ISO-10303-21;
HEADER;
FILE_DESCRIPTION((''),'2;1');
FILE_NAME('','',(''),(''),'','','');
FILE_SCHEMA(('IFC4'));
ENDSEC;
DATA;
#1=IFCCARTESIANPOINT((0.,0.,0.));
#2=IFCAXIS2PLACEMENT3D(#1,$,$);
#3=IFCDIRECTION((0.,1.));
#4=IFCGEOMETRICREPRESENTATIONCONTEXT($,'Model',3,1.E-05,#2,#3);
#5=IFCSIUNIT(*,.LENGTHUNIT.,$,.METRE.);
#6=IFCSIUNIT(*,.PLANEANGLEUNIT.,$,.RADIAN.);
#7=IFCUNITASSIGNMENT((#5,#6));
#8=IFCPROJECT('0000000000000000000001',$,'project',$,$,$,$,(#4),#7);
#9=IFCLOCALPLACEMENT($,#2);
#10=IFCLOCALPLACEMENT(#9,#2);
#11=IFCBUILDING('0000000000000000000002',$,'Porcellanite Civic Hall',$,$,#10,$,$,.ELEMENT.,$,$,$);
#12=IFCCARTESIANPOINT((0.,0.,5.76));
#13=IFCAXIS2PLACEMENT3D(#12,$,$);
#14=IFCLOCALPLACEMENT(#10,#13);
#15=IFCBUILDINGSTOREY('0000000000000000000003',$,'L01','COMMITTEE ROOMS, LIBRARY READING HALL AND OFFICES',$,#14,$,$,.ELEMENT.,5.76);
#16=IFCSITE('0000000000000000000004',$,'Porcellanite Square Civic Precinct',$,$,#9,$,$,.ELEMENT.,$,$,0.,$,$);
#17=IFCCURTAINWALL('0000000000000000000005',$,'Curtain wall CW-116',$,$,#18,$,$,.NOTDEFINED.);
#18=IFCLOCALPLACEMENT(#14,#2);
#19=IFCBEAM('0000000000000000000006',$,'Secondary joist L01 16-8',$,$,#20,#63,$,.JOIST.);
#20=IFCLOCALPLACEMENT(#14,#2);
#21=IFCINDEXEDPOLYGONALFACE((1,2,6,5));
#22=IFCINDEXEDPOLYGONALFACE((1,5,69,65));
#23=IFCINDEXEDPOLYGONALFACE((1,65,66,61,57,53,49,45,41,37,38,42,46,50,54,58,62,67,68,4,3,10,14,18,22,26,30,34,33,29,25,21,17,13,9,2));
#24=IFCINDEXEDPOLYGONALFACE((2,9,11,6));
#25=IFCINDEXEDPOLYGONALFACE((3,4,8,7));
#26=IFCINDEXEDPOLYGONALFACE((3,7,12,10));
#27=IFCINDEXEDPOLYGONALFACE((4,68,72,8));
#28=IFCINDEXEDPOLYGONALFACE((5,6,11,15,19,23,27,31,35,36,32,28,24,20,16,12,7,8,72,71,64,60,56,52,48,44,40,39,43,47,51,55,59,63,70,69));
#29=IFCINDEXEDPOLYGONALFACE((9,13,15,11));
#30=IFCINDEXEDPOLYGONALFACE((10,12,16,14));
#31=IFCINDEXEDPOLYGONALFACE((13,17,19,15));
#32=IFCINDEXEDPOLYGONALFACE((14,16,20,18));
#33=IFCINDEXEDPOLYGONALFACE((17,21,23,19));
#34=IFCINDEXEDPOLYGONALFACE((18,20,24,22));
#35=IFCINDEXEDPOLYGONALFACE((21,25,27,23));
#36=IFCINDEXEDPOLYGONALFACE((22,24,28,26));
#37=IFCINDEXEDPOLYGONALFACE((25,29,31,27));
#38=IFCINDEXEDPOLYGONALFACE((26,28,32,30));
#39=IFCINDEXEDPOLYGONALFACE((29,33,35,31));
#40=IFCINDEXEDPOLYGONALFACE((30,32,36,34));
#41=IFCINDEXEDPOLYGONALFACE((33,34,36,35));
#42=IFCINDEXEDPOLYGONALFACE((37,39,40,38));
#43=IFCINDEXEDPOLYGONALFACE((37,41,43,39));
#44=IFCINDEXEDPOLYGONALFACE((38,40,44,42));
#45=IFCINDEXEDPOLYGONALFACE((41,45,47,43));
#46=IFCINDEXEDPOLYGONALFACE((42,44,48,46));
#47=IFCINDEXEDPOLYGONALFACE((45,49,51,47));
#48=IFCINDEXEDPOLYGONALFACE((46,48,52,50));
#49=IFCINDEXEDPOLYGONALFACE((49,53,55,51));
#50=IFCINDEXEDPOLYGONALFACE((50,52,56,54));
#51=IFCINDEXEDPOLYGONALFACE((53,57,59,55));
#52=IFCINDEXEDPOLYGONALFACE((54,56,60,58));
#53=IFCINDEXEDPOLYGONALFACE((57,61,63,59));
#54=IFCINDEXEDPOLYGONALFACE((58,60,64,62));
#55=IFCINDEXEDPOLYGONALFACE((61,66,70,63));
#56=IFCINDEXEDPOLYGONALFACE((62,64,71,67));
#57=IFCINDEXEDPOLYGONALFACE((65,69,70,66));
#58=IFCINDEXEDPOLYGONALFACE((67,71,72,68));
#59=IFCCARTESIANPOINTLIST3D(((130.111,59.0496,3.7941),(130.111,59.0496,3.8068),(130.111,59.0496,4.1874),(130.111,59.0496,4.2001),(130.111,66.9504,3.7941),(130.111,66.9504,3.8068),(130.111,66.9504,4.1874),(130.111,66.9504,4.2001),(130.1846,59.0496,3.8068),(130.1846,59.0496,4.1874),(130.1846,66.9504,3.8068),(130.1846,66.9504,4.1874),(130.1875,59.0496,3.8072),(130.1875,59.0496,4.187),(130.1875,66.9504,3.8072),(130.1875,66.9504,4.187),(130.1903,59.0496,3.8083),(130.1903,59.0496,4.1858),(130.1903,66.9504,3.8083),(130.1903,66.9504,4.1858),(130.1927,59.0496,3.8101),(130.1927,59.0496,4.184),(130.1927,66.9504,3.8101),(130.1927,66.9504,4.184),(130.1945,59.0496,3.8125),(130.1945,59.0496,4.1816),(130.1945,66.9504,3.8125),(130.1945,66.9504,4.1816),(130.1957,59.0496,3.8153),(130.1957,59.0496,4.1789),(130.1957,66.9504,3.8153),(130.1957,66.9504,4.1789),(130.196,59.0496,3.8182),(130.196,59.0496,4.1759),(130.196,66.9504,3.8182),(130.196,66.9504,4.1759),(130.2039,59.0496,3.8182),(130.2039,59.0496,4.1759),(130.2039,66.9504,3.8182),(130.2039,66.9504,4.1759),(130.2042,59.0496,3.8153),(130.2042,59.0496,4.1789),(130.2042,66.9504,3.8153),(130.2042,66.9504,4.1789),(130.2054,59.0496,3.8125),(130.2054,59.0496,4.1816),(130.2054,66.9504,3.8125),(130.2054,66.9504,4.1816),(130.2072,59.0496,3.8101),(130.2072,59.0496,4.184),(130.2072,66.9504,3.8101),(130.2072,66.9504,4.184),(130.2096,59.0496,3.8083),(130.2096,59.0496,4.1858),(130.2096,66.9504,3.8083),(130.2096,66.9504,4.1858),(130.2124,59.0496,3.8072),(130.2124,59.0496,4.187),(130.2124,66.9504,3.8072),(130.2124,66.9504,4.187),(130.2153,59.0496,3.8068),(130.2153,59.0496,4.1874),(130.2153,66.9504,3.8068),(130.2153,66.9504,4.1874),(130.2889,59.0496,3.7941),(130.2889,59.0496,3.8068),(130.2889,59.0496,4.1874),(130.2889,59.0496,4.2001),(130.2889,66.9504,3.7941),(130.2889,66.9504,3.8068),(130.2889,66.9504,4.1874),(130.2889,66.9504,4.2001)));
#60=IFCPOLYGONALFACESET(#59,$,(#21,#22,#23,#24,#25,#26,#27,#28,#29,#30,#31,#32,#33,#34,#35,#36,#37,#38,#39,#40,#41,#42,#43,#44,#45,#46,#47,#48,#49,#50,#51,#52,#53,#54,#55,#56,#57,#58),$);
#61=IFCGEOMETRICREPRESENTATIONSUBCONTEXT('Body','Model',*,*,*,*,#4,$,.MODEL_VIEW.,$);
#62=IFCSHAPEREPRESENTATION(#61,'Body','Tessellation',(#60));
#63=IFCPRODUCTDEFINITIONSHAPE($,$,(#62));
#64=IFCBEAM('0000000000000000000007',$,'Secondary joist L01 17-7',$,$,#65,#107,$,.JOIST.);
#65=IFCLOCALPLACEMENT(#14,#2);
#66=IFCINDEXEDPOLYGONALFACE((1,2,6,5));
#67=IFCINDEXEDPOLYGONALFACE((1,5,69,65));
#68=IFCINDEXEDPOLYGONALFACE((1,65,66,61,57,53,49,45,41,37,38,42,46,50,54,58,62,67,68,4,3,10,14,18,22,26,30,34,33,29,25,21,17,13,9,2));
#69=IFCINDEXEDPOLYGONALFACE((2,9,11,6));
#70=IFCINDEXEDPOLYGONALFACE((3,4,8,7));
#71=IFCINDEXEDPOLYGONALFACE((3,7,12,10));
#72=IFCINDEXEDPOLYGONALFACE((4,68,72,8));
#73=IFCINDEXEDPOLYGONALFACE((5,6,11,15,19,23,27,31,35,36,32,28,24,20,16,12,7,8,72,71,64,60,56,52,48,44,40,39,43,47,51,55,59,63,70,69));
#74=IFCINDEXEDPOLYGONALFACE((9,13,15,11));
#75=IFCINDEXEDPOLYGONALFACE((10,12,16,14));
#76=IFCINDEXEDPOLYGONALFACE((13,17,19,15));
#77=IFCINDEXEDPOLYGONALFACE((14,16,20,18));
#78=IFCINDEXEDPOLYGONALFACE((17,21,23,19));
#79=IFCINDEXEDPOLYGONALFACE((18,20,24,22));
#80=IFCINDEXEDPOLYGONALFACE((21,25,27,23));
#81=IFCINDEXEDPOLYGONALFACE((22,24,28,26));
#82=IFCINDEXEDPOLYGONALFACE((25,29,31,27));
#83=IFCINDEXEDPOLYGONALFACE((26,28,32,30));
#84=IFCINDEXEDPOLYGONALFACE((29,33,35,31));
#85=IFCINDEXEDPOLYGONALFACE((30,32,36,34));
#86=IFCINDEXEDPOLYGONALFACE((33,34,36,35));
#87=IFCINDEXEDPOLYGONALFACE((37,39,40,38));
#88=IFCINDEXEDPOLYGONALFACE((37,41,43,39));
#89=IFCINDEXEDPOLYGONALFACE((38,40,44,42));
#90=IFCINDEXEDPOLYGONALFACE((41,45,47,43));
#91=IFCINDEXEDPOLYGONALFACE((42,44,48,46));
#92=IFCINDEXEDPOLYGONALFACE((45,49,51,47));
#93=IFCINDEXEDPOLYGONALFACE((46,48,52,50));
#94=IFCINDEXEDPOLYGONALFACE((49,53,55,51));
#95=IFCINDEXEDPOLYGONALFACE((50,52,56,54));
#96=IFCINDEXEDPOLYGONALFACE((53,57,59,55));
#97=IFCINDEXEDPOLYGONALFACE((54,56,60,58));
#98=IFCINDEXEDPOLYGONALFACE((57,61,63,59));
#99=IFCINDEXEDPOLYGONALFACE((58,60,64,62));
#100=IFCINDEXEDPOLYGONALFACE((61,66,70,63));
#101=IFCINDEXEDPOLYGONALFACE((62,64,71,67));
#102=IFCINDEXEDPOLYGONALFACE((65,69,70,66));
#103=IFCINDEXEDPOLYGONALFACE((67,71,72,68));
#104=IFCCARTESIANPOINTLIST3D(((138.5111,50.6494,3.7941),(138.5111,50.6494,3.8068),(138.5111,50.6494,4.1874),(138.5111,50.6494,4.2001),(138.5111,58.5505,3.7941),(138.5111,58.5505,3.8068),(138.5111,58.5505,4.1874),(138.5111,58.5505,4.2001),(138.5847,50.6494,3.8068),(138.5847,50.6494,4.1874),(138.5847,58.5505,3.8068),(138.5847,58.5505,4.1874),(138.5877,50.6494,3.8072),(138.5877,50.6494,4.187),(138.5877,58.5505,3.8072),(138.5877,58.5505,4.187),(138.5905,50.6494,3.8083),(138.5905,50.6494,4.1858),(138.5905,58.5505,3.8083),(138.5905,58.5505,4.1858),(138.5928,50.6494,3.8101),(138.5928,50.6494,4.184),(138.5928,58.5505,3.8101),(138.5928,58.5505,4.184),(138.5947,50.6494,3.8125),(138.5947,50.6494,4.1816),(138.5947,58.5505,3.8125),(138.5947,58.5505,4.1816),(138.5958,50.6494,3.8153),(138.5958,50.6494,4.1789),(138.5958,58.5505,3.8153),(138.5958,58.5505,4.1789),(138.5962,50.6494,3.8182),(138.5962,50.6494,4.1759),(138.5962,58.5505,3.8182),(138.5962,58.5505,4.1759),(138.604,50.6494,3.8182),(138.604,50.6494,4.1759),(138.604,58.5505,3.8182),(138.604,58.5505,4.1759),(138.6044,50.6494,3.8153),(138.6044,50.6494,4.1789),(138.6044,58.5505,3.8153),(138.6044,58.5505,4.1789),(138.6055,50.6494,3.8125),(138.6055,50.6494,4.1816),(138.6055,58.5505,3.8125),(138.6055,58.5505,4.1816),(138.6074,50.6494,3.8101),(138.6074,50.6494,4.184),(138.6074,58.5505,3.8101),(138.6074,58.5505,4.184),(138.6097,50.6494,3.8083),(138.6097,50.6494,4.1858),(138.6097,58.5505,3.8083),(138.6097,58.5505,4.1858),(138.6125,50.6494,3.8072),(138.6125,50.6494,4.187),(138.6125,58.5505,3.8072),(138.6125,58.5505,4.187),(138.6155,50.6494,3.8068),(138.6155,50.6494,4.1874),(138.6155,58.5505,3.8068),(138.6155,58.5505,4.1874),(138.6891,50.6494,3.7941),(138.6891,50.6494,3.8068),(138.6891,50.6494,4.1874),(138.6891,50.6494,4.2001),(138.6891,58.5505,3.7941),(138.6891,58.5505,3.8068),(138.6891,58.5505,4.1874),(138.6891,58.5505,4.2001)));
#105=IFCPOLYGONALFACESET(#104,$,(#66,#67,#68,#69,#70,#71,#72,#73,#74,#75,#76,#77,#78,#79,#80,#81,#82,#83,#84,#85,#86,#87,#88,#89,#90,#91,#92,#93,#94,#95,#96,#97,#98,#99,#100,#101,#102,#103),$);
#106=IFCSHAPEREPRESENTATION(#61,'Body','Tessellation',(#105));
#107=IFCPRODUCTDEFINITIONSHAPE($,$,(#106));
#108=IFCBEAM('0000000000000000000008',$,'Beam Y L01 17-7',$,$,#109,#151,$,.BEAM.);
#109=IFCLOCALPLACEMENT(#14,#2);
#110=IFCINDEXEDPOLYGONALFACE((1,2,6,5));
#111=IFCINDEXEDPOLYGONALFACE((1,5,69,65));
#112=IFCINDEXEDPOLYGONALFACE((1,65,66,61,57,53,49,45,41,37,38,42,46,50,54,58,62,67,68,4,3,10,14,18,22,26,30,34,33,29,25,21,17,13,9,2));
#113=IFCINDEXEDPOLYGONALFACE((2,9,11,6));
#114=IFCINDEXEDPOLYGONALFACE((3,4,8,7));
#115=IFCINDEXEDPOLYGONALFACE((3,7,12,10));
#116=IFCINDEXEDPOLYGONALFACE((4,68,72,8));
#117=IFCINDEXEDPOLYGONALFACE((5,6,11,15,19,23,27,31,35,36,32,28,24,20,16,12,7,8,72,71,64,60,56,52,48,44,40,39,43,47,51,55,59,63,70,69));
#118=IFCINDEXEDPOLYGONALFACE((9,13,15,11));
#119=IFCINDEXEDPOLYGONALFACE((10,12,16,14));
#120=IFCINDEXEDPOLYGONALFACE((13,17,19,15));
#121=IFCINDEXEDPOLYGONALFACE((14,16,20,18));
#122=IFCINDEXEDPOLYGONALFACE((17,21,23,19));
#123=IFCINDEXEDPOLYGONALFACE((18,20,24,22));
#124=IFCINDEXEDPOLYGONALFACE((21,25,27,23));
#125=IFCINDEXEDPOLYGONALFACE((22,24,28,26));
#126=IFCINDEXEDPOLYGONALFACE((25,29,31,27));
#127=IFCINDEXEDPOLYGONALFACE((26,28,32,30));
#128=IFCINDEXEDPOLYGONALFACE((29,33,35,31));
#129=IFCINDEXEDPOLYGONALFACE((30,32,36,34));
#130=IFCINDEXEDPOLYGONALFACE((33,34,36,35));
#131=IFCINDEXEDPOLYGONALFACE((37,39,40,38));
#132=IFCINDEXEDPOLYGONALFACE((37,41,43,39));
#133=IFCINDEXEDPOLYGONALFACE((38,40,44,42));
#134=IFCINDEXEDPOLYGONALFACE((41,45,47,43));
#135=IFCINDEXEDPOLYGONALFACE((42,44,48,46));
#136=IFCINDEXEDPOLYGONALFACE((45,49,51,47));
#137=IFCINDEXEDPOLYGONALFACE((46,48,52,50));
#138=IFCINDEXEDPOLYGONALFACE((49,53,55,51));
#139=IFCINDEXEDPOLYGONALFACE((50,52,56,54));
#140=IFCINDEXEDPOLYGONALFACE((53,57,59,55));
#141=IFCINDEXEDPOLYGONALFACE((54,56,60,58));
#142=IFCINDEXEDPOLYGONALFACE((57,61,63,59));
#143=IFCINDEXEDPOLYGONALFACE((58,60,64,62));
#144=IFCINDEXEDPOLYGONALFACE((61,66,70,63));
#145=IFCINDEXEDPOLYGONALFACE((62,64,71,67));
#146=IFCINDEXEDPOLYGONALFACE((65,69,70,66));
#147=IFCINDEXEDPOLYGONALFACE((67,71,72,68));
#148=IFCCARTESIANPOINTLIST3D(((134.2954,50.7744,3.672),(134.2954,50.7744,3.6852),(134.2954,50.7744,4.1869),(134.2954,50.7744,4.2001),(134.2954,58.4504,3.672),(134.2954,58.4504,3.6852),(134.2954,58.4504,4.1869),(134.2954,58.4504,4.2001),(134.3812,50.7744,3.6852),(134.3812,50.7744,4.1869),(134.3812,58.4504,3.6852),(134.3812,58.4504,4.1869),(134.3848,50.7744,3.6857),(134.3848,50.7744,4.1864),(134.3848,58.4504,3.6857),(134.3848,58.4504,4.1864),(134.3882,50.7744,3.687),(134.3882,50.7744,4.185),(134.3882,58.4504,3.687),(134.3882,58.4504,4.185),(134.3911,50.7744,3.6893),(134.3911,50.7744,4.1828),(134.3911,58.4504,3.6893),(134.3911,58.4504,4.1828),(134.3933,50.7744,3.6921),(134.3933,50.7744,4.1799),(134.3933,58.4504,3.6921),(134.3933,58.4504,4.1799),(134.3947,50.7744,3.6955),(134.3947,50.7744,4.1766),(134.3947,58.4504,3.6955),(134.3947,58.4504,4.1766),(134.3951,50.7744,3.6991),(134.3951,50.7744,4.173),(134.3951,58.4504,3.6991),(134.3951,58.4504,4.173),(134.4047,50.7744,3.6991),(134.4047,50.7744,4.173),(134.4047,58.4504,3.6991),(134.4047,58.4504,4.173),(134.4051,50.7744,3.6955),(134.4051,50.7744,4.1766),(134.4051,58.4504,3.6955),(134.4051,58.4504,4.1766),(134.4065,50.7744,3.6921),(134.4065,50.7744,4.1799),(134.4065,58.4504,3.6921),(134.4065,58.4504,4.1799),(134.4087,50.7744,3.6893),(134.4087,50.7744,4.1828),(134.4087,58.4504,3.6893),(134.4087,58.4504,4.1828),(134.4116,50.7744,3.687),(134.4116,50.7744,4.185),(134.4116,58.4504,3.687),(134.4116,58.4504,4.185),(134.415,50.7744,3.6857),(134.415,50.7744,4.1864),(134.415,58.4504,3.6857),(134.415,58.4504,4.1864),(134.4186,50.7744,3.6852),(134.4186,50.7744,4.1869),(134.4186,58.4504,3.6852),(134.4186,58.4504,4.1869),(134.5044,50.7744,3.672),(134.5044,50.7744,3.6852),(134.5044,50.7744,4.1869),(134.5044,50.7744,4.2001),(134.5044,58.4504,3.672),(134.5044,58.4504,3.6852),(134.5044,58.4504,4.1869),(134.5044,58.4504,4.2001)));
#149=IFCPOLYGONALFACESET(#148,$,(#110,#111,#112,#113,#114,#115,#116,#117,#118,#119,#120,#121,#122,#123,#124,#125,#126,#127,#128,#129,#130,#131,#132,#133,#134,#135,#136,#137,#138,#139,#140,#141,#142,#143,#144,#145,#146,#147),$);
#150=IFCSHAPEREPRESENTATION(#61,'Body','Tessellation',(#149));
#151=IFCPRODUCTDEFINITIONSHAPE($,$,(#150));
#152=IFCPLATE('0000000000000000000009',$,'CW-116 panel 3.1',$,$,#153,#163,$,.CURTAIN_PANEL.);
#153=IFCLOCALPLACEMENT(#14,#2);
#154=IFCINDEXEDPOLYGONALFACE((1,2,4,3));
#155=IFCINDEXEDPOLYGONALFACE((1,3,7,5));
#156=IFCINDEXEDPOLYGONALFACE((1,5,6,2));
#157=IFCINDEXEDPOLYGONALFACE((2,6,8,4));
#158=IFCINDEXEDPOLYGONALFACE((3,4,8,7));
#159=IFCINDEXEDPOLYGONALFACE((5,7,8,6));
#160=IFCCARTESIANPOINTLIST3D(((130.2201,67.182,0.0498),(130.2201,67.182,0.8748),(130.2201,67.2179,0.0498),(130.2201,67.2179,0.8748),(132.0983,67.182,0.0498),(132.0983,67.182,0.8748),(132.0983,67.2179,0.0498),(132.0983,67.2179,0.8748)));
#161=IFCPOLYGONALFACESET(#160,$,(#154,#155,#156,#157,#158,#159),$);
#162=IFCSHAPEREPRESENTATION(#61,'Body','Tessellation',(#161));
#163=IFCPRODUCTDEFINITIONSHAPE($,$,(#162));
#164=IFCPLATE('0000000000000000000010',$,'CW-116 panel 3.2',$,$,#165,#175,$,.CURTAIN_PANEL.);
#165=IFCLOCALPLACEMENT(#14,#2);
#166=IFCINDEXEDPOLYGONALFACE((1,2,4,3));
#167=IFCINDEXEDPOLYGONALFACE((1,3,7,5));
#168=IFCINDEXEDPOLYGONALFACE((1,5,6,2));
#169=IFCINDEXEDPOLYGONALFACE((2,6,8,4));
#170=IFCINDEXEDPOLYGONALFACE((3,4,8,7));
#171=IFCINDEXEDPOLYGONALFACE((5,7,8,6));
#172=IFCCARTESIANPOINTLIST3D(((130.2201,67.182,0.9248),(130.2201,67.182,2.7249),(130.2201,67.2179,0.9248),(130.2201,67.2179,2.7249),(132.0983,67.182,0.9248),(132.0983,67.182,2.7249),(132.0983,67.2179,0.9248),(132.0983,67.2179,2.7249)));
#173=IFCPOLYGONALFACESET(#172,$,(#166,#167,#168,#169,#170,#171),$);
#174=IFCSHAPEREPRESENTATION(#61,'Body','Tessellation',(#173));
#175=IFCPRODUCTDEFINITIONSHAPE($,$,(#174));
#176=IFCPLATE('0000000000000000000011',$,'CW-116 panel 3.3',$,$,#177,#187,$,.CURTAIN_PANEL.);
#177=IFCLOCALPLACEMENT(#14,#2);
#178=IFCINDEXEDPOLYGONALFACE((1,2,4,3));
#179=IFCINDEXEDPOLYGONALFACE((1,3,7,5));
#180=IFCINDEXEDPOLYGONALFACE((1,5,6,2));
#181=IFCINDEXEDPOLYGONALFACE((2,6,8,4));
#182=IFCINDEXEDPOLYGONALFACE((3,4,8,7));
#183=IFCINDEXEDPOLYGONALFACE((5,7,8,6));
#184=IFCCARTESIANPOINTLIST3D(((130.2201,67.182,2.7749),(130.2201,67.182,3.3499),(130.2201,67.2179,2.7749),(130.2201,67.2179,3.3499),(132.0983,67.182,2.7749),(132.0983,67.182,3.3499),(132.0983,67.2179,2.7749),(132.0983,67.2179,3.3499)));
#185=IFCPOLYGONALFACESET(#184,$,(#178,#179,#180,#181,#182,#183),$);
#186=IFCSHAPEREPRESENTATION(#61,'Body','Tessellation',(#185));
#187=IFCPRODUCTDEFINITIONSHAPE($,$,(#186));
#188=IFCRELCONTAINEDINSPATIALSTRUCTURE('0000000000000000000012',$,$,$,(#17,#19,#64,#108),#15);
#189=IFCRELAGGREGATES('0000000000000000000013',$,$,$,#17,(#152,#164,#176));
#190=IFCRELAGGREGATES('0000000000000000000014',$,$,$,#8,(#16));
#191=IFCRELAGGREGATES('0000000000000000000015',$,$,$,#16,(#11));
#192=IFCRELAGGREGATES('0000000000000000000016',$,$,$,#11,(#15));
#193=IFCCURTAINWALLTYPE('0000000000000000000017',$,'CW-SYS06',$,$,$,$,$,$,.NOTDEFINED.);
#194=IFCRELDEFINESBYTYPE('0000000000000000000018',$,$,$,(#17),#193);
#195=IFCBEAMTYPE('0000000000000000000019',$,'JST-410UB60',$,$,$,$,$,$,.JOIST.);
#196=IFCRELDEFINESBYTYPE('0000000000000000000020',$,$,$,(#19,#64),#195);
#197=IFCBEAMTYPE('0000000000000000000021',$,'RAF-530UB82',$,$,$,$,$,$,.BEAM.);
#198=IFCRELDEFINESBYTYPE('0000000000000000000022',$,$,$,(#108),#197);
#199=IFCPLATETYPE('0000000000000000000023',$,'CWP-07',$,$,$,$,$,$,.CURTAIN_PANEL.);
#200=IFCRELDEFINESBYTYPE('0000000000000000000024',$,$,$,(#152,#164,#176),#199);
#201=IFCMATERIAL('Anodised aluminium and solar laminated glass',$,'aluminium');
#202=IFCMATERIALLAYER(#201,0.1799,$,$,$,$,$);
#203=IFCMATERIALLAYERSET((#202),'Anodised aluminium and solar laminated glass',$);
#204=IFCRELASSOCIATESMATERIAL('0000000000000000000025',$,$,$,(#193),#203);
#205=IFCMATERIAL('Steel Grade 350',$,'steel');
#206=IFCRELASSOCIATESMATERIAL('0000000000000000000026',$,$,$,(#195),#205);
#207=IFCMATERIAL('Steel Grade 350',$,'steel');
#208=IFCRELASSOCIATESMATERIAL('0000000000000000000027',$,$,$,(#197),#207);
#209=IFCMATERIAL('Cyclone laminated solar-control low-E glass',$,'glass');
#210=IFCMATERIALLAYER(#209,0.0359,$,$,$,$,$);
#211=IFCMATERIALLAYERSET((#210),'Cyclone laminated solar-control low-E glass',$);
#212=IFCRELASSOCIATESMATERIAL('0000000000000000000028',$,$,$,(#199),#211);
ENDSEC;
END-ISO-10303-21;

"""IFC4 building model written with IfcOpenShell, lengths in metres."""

from ifc_helpers import new_model, si_unit, direction, frame, origin, origin_2d, place, context, subcontext, project, spatial, rectangle, i_section, extrude, material, layer, layer_set, material_profile, profile_set, type_object, element, aggregate, save


model = new_model("IFC4")

# Units and contexts
model_context = context("Model", 3, precision=1e-05, world=origin(), true_north=direction((0.0, 1.0)))
body_context = subcontext(model_context, "Body", "Model", "MODEL_VIEW")
ifc_project = project(units=[si_unit("LENGTHUNIT", "METRE"), si_unit("PLANEANGLEUNIT", "RADIAN")], contexts=[model_context])

# Site, building, storey
site_placement = place(None, origin())
site = spatial("IfcSite", under=ifc_project, at=site_placement, Name="Porcellanite Square Civic Precinct", CompositionType="ELEMENT", RefElevation=0.0)
building_placement = place(site_placement, origin())
building = spatial("IfcBuilding", under=site, at=building_placement, Name="Porcellanite Civic Hall", CompositionType="ELEMENT")
storey_placement = place(building_placement, frame((0.0, 0.0, 5.76)))
storey = spatial("IfcBuildingStorey", under=building, at=storey_placement, Name="L01", Description="COMMITTEE ROOMS, LIBRARY READING HALL AND OFFICES", CompositionType="ELEMENT", Elevation=5.76)

# Curtain wall
ifc_material_1 = material(Name="Anodised aluminium and solar laminated glass", Category="aluminium")
ifc_layer_1 = layer(ifc_material_1, 0.1799)
ifc_layer_set_1 = layer_set([ifc_layer_1], Name="Anodised aluminium and solar laminated glass")
curtain_wall_type_1 = type_object("IfcCurtainWallType", Name="CW-SYS06", PredefinedType="NOTDEFINED", material=ifc_layer_set_1)
curtain_wall_1_placement = place(storey_placement, origin())
curtain_wall_1 = element("IfcCurtainWall", 1, at=curtain_wall_1_placement, inside=storey, type_object=curtain_wall_type_1, Name="Curtain wall CW-116", PredefinedType="NOTDEFINED")

# Beams
ifc_material_2 = material(Name="Steel Grade 350", Category="steel")
ifc_material_profile_1 = material_profile(ifc_material_2, i_section(OverallWidth=0.178, OverallDepth=0.406, WebThickness=0.0078, FlangeThickness=0.0127, FilletRadius=0.0115, at=origin_2d()), Name="410UB59.7")
ifc_profile_set_1 = profile_set([ifc_material_profile_1], Name="Steel Grade 350")
beam_type_1 = type_object("IfcBeamType", Name="JST-410UB60", PredefinedType="JOIST", material=ifc_profile_set_1)
beam_1_placement = place(storey_placement, frame((130.2, 59.0496, 3.9971), z_axis=(0.0, 1.0, 0.0), x_axis=(-1.0, 0.0, 0.0)))
element("IfcBeam", 2, at=beam_1_placement, inside=storey, type_object=beam_type_1, Name="Secondary joist L01 16-8", PredefinedType="JOIST", context=body_context, shape_type="SweptSolid", body=[
    extrude(i_section(OverallWidth=0.178, OverallDepth=0.406, WebThickness=0.0078, FlangeThickness=0.0127, FilletRadius=0.0115, at=origin_2d()), origin(), (0.0, 0.0, 1.0), 7.9009),
])
beam_2_placement = place(storey_placement, frame((138.6001, 50.6494, 3.9971), z_axis=(0.0, 1.0, 0.0), x_axis=(-1.0, 0.0, 0.0)))
element("IfcBeam", 3, at=beam_2_placement, inside=storey, type_object=beam_type_1, Name="Secondary joist L01 17-7", PredefinedType="JOIST", context=body_context, shape_type="SweptSolid", body=[
    extrude(i_section(OverallWidth=0.178, OverallDepth=0.406, WebThickness=0.0078, FlangeThickness=0.0127, FilletRadius=0.0115, at=origin_2d()), origin(), (0.0, 0.0, 1.0), 7.9011),
])
ifc_material_3 = material(Name="Steel Grade 350", Category="steel")
ifc_material_profile_2 = material_profile(ifc_material_3, i_section(OverallWidth=0.209, OverallDepth=0.5281, WebThickness=0.0095, FlangeThickness=0.0132, FilletRadius=0.0139, at=origin_2d()), Name="530UB82.0")
ifc_profile_set_2 = profile_set([ifc_material_profile_2], Name="Steel Grade 350")
beam_type_2 = type_object("IfcBeamType", Name="RAF-530UB82", PredefinedType="BEAM", material=ifc_profile_set_2)
beam_3_placement = place(storey_placement, frame((134.3999, 50.7744, 3.936), z_axis=(0.0, 1.0, 0.0), x_axis=(-1.0, 0.0, 0.0)))
element("IfcBeam", 4, at=beam_3_placement, inside=storey, type_object=beam_type_2, Name="Beam Y L01 17-7", PredefinedType="BEAM", context=body_context, shape_type="SweptSolid", body=[
    extrude(i_section(OverallWidth=0.209, OverallDepth=0.5281, WebThickness=0.0095, FlangeThickness=0.0132, FilletRadius=0.0139, at=origin_2d()), origin(), (0.0, 0.0, 1.0), 7.676),
])

# Plates
ifc_material_4 = material(Name="Cyclone laminated solar-control low-E glass", Category="glass")
ifc_layer_2 = layer(ifc_material_4, 0.0359)
ifc_layer_set_2 = layer_set([ifc_layer_2], Name="Cyclone laminated solar-control low-E glass")
plate_type = type_object("IfcPlateType", Name="CWP-07", PredefinedType="CURTAIN_PANEL", material=ifc_layer_set_2)
plate_1_placement = place(storey_placement, frame((131.1592, 67.2, 0.0498), z_axis=(0.0, 0.0, 1.0), x_axis=(1.0, 0.0, 0.0)))
plate_1 = element("IfcPlate", 5, at=plate_1_placement, type_object=plate_type, Name="CW-116 panel 3.1", PredefinedType="CURTAIN_PANEL", context=body_context, shape_type="SweptSolid", body=[
    extrude(rectangle(XDim=1.8782, YDim=0.0359, at=origin_2d()), origin(), (0.0, 0.0, 1.0), 0.825),
])
plate_2_placement = place(storey_placement, frame((131.1592, 67.2, 0.9248), z_axis=(0.0, 0.0, 1.0), x_axis=(1.0, 0.0, 0.0)))
plate_2 = element("IfcPlate", 6, at=plate_2_placement, type_object=plate_type, Name="CW-116 panel 3.2", PredefinedType="CURTAIN_PANEL", context=body_context, shape_type="SweptSolid", body=[
    extrude(rectangle(XDim=1.8782, YDim=0.0359, at=origin_2d()), origin(), (0.0, 0.0, 1.0), 1.8),
])
plate_3_placement = place(storey_placement, frame((131.1592, 67.2, 2.7749), z_axis=(0.0, 0.0, 1.0), x_axis=(1.0, 0.0, 0.0)))
plate_3 = element("IfcPlate", 7, at=plate_3_placement, type_object=plate_type, Name="CW-116 panel 3.3", PredefinedType="CURTAIN_PANEL", context=body_context, shape_type="SweptSolid", body=[
    extrude(rectangle(XDim=1.8782, YDim=0.0359, at=origin_2d()), origin(), (0.0, 0.0, 1.0), 0.575),
])
aggregate(curtain_wall_1, [plate_1, plate_2, plate_3])

save(model, "model.ifc")
